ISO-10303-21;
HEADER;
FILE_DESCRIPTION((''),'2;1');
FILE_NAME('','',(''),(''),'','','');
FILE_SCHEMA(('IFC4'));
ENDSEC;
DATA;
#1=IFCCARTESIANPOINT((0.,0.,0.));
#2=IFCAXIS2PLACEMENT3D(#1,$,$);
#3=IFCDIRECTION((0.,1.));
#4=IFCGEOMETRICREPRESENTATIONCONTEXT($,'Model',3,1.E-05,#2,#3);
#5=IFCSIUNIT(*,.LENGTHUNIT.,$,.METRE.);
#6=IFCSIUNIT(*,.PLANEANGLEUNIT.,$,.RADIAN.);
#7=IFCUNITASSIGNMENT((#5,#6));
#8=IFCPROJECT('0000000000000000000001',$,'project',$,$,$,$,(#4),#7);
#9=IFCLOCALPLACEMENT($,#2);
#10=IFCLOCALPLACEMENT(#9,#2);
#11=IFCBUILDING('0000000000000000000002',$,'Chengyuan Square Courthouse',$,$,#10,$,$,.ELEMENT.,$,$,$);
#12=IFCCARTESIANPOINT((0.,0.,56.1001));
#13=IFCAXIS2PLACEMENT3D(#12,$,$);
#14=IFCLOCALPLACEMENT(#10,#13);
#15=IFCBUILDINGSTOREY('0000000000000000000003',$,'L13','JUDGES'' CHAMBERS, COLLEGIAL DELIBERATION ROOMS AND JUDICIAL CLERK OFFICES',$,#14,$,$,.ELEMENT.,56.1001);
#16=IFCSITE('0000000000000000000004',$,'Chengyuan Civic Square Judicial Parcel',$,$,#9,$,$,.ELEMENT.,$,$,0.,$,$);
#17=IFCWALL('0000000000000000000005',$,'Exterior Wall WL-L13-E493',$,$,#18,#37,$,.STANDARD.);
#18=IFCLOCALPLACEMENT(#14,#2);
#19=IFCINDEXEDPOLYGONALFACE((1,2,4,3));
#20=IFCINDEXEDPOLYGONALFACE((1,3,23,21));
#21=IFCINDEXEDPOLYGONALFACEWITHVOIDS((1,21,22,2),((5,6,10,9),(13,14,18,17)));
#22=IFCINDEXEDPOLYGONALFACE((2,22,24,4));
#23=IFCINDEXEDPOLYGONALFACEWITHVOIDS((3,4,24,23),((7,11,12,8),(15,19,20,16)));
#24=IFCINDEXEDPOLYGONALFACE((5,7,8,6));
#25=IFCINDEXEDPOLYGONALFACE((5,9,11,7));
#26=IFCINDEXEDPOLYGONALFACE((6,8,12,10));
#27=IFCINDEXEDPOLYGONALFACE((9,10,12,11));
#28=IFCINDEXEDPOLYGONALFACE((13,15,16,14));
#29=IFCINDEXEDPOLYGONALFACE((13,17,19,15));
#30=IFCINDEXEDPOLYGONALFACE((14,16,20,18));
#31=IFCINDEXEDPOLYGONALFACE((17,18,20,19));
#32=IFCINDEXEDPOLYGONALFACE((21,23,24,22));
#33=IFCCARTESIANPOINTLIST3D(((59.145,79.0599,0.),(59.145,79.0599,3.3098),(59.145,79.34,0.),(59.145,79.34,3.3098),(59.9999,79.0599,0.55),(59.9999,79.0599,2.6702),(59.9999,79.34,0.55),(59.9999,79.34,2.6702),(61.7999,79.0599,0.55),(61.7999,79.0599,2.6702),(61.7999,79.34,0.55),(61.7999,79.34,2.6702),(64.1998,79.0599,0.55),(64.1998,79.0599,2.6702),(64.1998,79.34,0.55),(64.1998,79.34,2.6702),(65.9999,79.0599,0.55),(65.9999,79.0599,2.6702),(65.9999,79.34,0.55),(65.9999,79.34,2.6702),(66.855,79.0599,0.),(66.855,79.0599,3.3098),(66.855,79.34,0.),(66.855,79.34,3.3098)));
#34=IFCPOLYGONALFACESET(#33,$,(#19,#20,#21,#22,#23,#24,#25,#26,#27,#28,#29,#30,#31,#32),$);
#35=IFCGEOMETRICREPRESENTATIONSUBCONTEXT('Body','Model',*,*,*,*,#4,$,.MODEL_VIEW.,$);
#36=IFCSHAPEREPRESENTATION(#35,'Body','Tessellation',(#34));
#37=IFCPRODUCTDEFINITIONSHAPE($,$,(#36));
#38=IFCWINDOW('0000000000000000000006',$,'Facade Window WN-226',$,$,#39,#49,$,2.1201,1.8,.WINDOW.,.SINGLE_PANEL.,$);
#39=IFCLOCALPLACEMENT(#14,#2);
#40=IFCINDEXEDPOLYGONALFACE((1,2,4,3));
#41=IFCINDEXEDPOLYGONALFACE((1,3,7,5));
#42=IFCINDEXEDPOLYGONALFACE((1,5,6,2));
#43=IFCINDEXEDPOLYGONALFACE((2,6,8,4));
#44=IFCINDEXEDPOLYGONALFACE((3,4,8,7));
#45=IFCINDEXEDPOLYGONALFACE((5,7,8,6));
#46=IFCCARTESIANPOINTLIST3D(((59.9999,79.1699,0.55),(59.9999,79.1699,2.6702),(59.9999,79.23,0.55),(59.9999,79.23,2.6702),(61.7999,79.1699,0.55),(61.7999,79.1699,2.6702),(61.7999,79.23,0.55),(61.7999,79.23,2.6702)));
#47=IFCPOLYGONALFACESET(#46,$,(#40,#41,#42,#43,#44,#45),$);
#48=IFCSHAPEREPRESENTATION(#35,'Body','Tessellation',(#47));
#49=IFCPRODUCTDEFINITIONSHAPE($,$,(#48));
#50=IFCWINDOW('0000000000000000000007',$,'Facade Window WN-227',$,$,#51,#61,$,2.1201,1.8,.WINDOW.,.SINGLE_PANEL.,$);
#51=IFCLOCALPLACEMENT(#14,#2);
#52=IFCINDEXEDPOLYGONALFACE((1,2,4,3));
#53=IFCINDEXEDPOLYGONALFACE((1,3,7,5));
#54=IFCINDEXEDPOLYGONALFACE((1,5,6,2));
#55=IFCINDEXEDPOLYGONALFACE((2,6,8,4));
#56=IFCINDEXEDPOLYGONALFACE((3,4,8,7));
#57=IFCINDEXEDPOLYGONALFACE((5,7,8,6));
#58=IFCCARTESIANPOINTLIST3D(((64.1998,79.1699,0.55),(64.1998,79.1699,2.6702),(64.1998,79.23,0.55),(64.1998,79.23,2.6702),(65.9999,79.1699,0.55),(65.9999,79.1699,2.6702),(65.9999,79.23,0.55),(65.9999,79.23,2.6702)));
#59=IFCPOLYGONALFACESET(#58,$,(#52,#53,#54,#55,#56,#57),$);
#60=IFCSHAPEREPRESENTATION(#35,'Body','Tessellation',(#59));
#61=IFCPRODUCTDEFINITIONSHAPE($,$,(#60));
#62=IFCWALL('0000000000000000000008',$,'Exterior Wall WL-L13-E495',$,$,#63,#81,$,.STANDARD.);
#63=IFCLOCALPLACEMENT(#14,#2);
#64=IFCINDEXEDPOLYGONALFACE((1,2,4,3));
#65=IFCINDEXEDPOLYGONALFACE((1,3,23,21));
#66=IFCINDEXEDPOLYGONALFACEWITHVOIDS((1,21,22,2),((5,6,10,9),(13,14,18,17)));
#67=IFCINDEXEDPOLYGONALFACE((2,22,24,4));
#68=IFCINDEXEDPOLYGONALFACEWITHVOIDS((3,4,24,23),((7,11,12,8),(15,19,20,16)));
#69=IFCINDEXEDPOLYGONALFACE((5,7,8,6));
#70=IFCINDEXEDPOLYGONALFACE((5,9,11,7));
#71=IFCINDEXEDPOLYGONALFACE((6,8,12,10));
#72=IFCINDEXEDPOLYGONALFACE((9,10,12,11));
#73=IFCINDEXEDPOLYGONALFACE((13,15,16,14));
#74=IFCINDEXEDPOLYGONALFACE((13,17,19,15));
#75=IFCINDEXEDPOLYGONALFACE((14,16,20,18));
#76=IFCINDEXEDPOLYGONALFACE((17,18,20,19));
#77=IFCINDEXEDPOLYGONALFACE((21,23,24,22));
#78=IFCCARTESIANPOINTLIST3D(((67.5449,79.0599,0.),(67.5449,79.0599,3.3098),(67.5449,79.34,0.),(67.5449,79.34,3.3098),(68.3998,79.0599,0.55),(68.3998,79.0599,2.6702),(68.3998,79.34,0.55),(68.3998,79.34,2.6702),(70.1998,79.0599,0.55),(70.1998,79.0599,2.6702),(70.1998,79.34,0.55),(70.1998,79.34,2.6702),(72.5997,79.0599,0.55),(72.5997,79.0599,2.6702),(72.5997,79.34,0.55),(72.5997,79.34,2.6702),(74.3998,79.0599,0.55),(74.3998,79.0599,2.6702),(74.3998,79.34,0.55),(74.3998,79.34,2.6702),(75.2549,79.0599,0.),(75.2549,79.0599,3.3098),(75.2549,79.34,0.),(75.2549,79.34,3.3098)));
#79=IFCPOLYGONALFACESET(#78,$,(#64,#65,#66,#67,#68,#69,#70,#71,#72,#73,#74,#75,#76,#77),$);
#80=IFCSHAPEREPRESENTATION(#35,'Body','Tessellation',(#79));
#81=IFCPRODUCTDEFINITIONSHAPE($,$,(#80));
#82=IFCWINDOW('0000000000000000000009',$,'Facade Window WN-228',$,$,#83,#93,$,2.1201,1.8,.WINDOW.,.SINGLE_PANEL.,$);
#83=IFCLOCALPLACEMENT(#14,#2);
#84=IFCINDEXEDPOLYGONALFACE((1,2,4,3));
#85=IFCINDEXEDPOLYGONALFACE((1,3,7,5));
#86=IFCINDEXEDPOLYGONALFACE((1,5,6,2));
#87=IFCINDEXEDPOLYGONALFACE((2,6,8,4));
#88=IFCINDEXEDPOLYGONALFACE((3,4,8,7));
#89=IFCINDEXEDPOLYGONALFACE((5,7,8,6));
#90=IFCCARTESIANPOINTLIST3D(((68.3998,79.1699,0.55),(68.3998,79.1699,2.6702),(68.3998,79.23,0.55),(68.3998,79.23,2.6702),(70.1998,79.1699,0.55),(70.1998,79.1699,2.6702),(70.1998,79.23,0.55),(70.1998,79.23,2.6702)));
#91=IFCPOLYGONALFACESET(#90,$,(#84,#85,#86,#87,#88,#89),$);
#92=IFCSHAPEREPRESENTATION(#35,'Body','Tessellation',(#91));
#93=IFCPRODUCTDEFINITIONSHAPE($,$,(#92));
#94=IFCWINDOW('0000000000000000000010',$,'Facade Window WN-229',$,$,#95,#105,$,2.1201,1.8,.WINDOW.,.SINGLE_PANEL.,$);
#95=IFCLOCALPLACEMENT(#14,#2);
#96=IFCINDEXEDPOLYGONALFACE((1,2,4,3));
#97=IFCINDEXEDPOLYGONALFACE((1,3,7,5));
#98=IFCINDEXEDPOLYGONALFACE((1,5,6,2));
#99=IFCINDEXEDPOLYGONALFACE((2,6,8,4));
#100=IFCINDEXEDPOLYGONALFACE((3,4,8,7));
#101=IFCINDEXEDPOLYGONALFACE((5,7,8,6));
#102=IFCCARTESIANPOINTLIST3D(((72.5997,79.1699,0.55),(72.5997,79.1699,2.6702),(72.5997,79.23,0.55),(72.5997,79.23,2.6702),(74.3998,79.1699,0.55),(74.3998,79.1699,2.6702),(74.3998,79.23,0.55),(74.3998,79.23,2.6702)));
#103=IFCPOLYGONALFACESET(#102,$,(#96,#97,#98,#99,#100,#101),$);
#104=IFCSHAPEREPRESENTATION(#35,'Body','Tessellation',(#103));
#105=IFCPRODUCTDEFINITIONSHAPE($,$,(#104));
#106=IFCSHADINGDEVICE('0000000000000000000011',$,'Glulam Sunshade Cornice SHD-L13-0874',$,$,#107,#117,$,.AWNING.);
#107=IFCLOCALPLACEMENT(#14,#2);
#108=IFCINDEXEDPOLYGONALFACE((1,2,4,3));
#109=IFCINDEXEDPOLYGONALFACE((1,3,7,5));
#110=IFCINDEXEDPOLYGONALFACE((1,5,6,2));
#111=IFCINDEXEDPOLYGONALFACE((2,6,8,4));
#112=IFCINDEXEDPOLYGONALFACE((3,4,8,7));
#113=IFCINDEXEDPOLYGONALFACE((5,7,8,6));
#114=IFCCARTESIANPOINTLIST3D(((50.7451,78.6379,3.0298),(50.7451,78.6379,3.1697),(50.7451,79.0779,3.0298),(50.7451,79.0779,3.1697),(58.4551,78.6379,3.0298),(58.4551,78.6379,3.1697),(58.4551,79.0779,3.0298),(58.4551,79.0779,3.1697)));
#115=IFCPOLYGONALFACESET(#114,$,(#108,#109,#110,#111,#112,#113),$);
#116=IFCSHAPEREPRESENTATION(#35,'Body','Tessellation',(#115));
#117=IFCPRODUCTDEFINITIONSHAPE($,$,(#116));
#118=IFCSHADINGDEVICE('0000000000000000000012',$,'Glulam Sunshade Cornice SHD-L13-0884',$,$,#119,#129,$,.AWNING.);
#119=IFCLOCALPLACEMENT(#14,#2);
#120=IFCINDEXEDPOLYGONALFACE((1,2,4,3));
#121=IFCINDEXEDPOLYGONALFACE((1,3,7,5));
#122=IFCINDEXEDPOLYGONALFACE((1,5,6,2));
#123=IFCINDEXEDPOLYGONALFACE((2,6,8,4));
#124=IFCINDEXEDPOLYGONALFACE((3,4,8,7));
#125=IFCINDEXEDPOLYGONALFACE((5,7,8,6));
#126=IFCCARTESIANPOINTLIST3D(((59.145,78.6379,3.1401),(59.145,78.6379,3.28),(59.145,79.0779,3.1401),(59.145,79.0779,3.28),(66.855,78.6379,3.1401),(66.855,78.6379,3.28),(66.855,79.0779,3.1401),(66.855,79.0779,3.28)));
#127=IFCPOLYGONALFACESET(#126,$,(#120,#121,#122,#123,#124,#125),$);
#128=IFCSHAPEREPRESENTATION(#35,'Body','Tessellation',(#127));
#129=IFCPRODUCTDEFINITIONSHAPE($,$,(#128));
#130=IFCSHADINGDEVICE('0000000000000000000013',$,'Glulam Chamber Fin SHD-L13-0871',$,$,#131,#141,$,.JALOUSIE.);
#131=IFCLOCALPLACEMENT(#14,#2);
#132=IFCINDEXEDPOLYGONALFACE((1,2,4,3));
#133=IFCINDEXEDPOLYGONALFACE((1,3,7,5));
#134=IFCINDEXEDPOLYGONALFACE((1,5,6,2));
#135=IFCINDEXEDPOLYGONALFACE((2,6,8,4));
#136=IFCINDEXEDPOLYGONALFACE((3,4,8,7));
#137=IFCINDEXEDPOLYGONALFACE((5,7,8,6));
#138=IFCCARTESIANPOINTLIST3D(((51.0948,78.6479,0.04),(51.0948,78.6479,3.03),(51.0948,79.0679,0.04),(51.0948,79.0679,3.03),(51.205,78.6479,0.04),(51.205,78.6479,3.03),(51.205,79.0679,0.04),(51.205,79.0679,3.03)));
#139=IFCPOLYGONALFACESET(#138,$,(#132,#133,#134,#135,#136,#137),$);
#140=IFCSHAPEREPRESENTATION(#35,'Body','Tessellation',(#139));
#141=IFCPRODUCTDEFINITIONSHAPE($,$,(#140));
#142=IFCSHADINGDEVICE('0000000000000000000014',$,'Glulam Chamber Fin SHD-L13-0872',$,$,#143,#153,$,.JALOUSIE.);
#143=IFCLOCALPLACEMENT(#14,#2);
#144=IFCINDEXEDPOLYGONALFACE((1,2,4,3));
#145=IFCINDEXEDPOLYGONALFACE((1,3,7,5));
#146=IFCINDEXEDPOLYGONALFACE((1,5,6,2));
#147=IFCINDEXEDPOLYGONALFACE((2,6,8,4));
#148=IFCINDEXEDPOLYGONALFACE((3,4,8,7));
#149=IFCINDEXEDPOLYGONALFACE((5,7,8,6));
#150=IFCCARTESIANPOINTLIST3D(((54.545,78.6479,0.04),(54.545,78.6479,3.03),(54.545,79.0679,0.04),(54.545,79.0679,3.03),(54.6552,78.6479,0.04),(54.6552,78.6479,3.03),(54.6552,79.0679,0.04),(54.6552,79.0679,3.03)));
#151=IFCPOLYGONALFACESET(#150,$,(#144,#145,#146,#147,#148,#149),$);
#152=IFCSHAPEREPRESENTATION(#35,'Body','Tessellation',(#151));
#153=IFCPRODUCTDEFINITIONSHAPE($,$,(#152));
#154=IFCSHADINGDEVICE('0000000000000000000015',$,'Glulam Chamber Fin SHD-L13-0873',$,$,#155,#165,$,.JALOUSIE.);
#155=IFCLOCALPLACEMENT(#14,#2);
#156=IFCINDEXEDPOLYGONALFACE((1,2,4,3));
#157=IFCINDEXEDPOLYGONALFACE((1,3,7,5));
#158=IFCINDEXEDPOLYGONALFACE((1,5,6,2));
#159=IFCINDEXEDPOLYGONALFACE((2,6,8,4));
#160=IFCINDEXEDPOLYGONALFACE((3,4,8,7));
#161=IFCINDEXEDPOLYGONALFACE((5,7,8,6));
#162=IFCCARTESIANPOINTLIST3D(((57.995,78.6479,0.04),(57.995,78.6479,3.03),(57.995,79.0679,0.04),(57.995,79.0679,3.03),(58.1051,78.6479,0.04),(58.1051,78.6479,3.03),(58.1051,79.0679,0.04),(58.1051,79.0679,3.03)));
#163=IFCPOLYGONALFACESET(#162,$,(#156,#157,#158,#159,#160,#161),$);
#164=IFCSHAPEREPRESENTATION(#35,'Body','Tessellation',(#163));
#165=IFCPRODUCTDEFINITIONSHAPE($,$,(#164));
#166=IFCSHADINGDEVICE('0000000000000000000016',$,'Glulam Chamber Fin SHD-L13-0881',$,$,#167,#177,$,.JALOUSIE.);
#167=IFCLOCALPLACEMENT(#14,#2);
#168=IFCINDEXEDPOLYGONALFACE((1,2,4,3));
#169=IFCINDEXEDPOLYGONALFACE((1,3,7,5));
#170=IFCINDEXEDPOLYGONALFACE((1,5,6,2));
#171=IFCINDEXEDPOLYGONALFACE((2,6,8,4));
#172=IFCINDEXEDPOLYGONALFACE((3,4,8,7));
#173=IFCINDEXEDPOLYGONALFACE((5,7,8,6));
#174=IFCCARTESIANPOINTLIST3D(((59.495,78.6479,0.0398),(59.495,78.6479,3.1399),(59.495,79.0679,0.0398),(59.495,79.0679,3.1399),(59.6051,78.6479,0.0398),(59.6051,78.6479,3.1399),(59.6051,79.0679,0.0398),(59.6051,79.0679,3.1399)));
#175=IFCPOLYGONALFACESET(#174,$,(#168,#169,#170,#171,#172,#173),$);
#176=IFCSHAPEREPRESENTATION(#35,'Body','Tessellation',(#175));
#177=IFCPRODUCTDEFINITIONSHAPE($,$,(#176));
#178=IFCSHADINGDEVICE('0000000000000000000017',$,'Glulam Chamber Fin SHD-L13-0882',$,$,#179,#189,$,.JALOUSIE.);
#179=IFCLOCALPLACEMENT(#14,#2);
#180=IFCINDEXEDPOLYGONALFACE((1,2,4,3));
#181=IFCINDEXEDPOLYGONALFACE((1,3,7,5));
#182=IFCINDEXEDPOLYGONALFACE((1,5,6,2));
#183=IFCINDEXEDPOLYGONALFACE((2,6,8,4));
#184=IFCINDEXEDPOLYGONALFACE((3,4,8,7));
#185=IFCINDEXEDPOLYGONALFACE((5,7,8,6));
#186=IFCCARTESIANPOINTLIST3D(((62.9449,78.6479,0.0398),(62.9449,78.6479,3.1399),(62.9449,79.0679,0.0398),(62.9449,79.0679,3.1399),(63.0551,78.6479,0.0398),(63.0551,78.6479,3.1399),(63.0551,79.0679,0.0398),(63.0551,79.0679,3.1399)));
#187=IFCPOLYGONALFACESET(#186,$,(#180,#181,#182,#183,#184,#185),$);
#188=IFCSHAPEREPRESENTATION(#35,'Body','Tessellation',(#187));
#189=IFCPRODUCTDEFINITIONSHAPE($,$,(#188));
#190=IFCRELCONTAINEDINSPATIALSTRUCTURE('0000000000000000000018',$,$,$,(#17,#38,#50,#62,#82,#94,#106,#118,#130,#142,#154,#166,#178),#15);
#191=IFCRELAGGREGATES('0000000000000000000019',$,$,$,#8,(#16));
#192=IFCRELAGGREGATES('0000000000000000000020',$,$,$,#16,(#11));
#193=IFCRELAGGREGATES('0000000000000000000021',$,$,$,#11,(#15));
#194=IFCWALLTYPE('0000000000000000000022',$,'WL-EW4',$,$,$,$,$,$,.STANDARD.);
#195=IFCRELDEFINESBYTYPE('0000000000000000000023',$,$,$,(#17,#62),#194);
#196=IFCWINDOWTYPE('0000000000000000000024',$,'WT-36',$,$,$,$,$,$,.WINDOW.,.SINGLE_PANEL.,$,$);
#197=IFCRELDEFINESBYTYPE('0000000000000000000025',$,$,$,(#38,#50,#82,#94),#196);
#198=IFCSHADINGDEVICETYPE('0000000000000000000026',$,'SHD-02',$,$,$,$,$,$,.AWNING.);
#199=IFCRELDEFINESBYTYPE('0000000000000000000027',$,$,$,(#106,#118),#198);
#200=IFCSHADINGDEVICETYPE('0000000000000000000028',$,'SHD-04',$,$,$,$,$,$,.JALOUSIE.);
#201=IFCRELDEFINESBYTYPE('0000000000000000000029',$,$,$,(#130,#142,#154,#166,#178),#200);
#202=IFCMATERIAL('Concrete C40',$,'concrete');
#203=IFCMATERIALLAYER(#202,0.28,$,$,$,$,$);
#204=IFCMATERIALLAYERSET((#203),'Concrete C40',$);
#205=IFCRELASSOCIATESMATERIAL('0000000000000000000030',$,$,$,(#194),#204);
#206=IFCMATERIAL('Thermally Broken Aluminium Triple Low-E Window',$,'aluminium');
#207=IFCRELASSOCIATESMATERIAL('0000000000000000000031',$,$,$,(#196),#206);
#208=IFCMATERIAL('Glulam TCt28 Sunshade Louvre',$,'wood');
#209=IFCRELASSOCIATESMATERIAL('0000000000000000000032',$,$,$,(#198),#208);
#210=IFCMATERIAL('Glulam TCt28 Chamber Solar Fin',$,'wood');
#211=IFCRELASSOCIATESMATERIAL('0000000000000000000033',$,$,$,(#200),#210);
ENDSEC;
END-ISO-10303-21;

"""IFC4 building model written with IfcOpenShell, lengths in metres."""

from ifc_helpers import new_model, si_unit, direction, frame, frame_2d, origin, origin_2d, place, context, subcontext, project, spatial, rectangle, extrude, material, layer, layer_set, type_object, element, fill, save


model = new_model("IFC4")

# Units and contexts
model_context = context("Model", 3, precision=1e-05, world=origin(), true_north=direction((0.0, 1.0)))
body_context = subcontext(model_context, "Body", "Model", "MODEL_VIEW")
ifc_project = project(units=[si_unit("LENGTHUNIT", "METRE"), si_unit("PLANEANGLEUNIT", "RADIAN")], contexts=[model_context])

# Site, building, storey
site_placement = place(None, origin())
site = spatial("IfcSite", under=ifc_project, at=site_placement, Name="Chengyuan Civic Square Judicial Parcel", CompositionType="ELEMENT", RefElevation=0.0)
building_placement = place(site_placement, origin())
building = spatial("IfcBuilding", under=site, at=building_placement, Name="Chengyuan Square Courthouse", CompositionType="ELEMENT")
storey_placement = place(building_placement, frame((0.0, 0.0, 56.1001)))
storey = spatial("IfcBuildingStorey", under=building, at=storey_placement, Name="L13", Description="JUDGES' CHAMBERS, COLLEGIAL DELIBERATION ROOMS AND JUDICIAL CLERK OFFICES", CompositionType="ELEMENT", Elevation=56.1001)

# Shared definitions
ifc_material_1 = material(Name="Concrete C40", Category="concrete")

# Walls, openings, windows
ifc_layer_1 = layer(ifc_material_1, 0.28)
ifc_layer_set_1 = layer_set([ifc_layer_1], Name="Concrete C40")
wall_type = type_object("IfcWallType", Name="WL-EW4", PredefinedType="STANDARD", material=ifc_layer_set_1)
ifc_material_2 = material(Name="Thermally Broken Aluminium Triple Low-E Window", Category="aluminium")
window_type = type_object("IfcWindowType", Name="WT-36", PartitioningType="SINGLE_PANEL", PredefinedType="WINDOW", material=ifc_material_2)
wall_1_placement = place(storey_placement, frame((59.145, 79.2, 0.0), z_axis=(0.0, 0.0, 1.0), x_axis=(1.0, 0.0, 0.0)))
wall_1 = element("IfcWall", 1, at=wall_1_placement, inside=storey, type_object=wall_type, Name="Exterior Wall WL-L13-E493", PredefinedType="STANDARD", context=body_context, shape_type="SweptSolid", body=[
    extrude(rectangle(XDim=7.71, YDim=0.28, at=frame_2d((3.855, 0.0))), origin(), (0.0, 0.0, 1.0), 3.3098),
])
opening_1_placement = place(wall_1_placement, frame((0.855, 0.0, 0.55)))
opening_1 = element("IfcOpeningElement", 2, at=opening_1_placement, cuts=wall_1, PredefinedType="OPENING", context=body_context, shape_type="SweptSolid", body=[
    extrude(rectangle(XDim=1.8, YDim=2.1201, at=frame_2d((0.8999, 1.0601))), frame((0.0, 0.1521, 0.0), z_axis=(0.0, -1.0, 0.0), x_axis=(1.0, 0.0, 0.0)), (0.0, 0.0, 1.0), 0.304),
])
opening_2_placement = place(wall_1_placement, frame((5.0549, 0.0, 0.55)))
opening_2 = element("IfcOpeningElement", 3, at=opening_2_placement, cuts=wall_1, PredefinedType="OPENING", context=body_context, shape_type="SweptSolid", body=[
    extrude(rectangle(XDim=1.8, YDim=2.1201, at=frame_2d((0.8999, 1.0601))), frame((0.0, 0.1521, 0.0), z_axis=(0.0, -1.0, 0.0), x_axis=(1.0, 0.0, 0.0)), (0.0, 0.0, 1.0), 0.304),
])
window_1_placement = place(opening_1_placement, origin())
window_1 = element("IfcWindow", 4, at=window_1_placement, inside=storey, type_object=window_type, Name="Facade Window WN-226", OverallHeight=2.1201, OverallWidth=1.8, PartitioningType="SINGLE_PANEL", PredefinedType="WINDOW", context=body_context, shape_type="SweptSolid", body=[
    extrude(rectangle(XDim=1.8, YDim=2.1201, at=frame_2d((0.8999, 1.0601))), frame((0.0, 0.03, 0.0), z_axis=(0.0, -1.0, 0.0), x_axis=(1.0, 0.0, 0.0)), (0.0, 0.0, 1.0), 0.0601),
])
fill(opening_1, window_1)
window_2_placement = place(opening_2_placement, origin())
window_2 = element("IfcWindow", 5, at=window_2_placement, inside=storey, type_object=window_type, Name="Facade Window WN-227", OverallHeight=2.1201, OverallWidth=1.8, PartitioningType="SINGLE_PANEL", PredefinedType="WINDOW", context=body_context, shape_type="SweptSolid", body=[
    extrude(rectangle(XDim=1.8, YDim=2.1201, at=frame_2d((0.8999, 1.0601))), frame((0.0, 0.03, 0.0), z_axis=(0.0, -1.0, 0.0), x_axis=(1.0, 0.0, 0.0)), (0.0, 0.0, 1.0), 0.0601),
])
fill(opening_2, window_2)
wall_2_placement = place(storey_placement, frame((67.5449, 79.2, 0.0), z_axis=(0.0, 0.0, 1.0), x_axis=(1.0, 0.0, 0.0)))
wall_2 = element("IfcWall", 6, at=wall_2_placement, inside=storey, type_object=wall_type, Name="Exterior Wall WL-L13-E495", PredefinedType="STANDARD", context=body_context, shape_type="SweptSolid", body=[
    extrude(rectangle(XDim=7.71, YDim=0.28, at=frame_2d((3.855, 0.0))), origin(), (0.0, 0.0, 1.0), 3.3098),
])
opening_3_placement = place(wall_2_placement, frame((0.855, 0.0, 0.55)))
opening_3 = element("IfcOpeningElement", 7, at=opening_3_placement, cuts=wall_2, PredefinedType="OPENING", context=body_context, shape_type="SweptSolid", body=[
    extrude(rectangle(XDim=1.8, YDim=2.1201, at=frame_2d((0.8999, 1.0601))), frame((0.0, 0.1521, 0.0), z_axis=(0.0, -1.0, 0.0), x_axis=(1.0, 0.0, 0.0)), (0.0, 0.0, 1.0), 0.304),
])
opening_4_placement = place(wall_2_placement, frame((5.0549, 0.0, 0.55)))
opening_4 = element("IfcOpeningElement", 8, at=opening_4_placement, cuts=wall_2, PredefinedType="OPENING", context=body_context, shape_type="SweptSolid", body=[
    extrude(rectangle(XDim=1.8, YDim=2.1201, at=frame_2d((0.8999, 1.0601))), frame((0.0, 0.1521, 0.0), z_axis=(0.0, -1.0, 0.0), x_axis=(1.0, 0.0, 0.0)), (0.0, 0.0, 1.0), 0.304),
])
window_3_placement = place(opening_3_placement, origin())
window_3 = element("IfcWindow", 9, at=window_3_placement, inside=storey, type_object=window_type, Name="Facade Window WN-228", OverallHeight=2.1201, OverallWidth=1.8, PartitioningType="SINGLE_PANEL", PredefinedType="WINDOW", context=body_context, shape_type="SweptSolid", body=[
    extrude(rectangle(XDim=1.8, YDim=2.1201, at=frame_2d((0.8999, 1.0601))), frame((0.0, 0.03, 0.0), z_axis=(0.0, -1.0, 0.0), x_axis=(1.0, 0.0, 0.0)), (0.0, 0.0, 1.0), 0.0601),
])
fill(opening_3, window_3)
window_4_placement = place(opening_4_placement, origin())
window_4 = element("IfcWindow", 10, at=window_4_placement, inside=storey, type_object=window_type, Name="Facade Window WN-229", OverallHeight=2.1201, OverallWidth=1.8, PartitioningType="SINGLE_PANEL", PredefinedType="WINDOW", context=body_context, shape_type="SweptSolid", body=[
    extrude(rectangle(XDim=1.8, YDim=2.1201, at=frame_2d((0.8999, 1.0601))), frame((0.0, 0.03, 0.0), z_axis=(0.0, -1.0, 0.0), x_axis=(1.0, 0.0, 0.0)), (0.0, 0.0, 1.0), 0.0601),
])
fill(opening_4, window_4)

# Shading devices
ifc_material_3 = material(Name="Glulam TCt28 Sunshade Louvre", Category="wood")
shading_device_type_1 = type_object("IfcShadingDeviceType", Name="SHD-02", PredefinedType="AWNING", material=ifc_material_3)
for number, where, z_axis, x_axis, name in (
    (11, (54.6001, 78.8579, 3.0298), (0.0, 0.0, 1.0), (1.0, 0.0, 0.0), "Glulam Sunshade Cornice SHD-L13-0874"),
    (12, (63.0, 78.8579, 3.1401), (0.0, 0.0, 1.0), (1.0, 0.0, 0.0), "Glulam Sunshade Cornice SHD-L13-0884"),
):
    element("IfcShadingDevice", number, at=place(storey_placement, frame(where, z_axis=z_axis, x_axis=x_axis)), inside=storey, type_object=shading_device_type_1, Name=name, PredefinedType="AWNING", context=body_context, shape_type="SweptSolid", body=[
        extrude(rectangle(XDim=7.71, YDim=0.4399, at=origin_2d()), origin(), (0.0, 0.0, 1.0), 0.1399),
    ])
ifc_material_4 = material(Name="Glulam TCt28 Chamber Solar Fin", Category="wood")
shading_device_type_2 = type_object("IfcShadingDeviceType", Name="SHD-04", PredefinedType="JALOUSIE", material=ifc_material_4)
for number, where, z_axis, x_axis, name in (
    (13, (51.1499, 78.8579, 0.04), (0.0, 0.0, 1.0), (0.0, 1.0, 0.0), "Glulam Chamber Fin SHD-L13-0871"),
    (14, (54.6001, 78.8579, 0.04), (0.0, 0.0, 1.0), (0.0, 1.0, 0.0), "Glulam Chamber Fin SHD-L13-0872"),
    (15, (58.05, 78.8579, 0.04), (0.0, 0.0, 1.0), (0.0, 1.0, 0.0), "Glulam Chamber Fin SHD-L13-0873"),
):
    element("IfcShadingDevice", number, at=place(storey_placement, frame(where, z_axis=z_axis, x_axis=x_axis)), inside=storey, type_object=shading_device_type_2, Name=name, PredefinedType="JALOUSIE", context=body_context, shape_type="SweptSolid", body=[
        extrude(rectangle(XDim=0.4199, YDim=0.1101, at=origin_2d()), origin(), (0.0, 0.0, 1.0), 2.99),
    ])
for number, where, z_axis, x_axis, name in (
    (16, (59.55, 78.8579, 0.0398), (0.0, 0.0, 1.0), (0.0, 1.0, 0.0), "Glulam Chamber Fin SHD-L13-0881"),
    (17, (63.0, 78.8579, 0.0398), (0.0, 0.0, 1.0), (0.0, 1.0, 0.0), "Glulam Chamber Fin SHD-L13-0882"),
):
    element("IfcShadingDevice", number, at=place(storey_placement, frame(where, z_axis=z_axis, x_axis=x_axis)), inside=storey, type_object=shading_device_type_2, Name=name, PredefinedType="JALOUSIE", context=body_context, shape_type="SweptSolid", body=[
        extrude(rectangle(XDim=0.4199, YDim=0.1101, at=origin_2d()), origin(), (0.0, 0.0, 1.0), 3.1001),
    ])

save(model, "model.ifc")
